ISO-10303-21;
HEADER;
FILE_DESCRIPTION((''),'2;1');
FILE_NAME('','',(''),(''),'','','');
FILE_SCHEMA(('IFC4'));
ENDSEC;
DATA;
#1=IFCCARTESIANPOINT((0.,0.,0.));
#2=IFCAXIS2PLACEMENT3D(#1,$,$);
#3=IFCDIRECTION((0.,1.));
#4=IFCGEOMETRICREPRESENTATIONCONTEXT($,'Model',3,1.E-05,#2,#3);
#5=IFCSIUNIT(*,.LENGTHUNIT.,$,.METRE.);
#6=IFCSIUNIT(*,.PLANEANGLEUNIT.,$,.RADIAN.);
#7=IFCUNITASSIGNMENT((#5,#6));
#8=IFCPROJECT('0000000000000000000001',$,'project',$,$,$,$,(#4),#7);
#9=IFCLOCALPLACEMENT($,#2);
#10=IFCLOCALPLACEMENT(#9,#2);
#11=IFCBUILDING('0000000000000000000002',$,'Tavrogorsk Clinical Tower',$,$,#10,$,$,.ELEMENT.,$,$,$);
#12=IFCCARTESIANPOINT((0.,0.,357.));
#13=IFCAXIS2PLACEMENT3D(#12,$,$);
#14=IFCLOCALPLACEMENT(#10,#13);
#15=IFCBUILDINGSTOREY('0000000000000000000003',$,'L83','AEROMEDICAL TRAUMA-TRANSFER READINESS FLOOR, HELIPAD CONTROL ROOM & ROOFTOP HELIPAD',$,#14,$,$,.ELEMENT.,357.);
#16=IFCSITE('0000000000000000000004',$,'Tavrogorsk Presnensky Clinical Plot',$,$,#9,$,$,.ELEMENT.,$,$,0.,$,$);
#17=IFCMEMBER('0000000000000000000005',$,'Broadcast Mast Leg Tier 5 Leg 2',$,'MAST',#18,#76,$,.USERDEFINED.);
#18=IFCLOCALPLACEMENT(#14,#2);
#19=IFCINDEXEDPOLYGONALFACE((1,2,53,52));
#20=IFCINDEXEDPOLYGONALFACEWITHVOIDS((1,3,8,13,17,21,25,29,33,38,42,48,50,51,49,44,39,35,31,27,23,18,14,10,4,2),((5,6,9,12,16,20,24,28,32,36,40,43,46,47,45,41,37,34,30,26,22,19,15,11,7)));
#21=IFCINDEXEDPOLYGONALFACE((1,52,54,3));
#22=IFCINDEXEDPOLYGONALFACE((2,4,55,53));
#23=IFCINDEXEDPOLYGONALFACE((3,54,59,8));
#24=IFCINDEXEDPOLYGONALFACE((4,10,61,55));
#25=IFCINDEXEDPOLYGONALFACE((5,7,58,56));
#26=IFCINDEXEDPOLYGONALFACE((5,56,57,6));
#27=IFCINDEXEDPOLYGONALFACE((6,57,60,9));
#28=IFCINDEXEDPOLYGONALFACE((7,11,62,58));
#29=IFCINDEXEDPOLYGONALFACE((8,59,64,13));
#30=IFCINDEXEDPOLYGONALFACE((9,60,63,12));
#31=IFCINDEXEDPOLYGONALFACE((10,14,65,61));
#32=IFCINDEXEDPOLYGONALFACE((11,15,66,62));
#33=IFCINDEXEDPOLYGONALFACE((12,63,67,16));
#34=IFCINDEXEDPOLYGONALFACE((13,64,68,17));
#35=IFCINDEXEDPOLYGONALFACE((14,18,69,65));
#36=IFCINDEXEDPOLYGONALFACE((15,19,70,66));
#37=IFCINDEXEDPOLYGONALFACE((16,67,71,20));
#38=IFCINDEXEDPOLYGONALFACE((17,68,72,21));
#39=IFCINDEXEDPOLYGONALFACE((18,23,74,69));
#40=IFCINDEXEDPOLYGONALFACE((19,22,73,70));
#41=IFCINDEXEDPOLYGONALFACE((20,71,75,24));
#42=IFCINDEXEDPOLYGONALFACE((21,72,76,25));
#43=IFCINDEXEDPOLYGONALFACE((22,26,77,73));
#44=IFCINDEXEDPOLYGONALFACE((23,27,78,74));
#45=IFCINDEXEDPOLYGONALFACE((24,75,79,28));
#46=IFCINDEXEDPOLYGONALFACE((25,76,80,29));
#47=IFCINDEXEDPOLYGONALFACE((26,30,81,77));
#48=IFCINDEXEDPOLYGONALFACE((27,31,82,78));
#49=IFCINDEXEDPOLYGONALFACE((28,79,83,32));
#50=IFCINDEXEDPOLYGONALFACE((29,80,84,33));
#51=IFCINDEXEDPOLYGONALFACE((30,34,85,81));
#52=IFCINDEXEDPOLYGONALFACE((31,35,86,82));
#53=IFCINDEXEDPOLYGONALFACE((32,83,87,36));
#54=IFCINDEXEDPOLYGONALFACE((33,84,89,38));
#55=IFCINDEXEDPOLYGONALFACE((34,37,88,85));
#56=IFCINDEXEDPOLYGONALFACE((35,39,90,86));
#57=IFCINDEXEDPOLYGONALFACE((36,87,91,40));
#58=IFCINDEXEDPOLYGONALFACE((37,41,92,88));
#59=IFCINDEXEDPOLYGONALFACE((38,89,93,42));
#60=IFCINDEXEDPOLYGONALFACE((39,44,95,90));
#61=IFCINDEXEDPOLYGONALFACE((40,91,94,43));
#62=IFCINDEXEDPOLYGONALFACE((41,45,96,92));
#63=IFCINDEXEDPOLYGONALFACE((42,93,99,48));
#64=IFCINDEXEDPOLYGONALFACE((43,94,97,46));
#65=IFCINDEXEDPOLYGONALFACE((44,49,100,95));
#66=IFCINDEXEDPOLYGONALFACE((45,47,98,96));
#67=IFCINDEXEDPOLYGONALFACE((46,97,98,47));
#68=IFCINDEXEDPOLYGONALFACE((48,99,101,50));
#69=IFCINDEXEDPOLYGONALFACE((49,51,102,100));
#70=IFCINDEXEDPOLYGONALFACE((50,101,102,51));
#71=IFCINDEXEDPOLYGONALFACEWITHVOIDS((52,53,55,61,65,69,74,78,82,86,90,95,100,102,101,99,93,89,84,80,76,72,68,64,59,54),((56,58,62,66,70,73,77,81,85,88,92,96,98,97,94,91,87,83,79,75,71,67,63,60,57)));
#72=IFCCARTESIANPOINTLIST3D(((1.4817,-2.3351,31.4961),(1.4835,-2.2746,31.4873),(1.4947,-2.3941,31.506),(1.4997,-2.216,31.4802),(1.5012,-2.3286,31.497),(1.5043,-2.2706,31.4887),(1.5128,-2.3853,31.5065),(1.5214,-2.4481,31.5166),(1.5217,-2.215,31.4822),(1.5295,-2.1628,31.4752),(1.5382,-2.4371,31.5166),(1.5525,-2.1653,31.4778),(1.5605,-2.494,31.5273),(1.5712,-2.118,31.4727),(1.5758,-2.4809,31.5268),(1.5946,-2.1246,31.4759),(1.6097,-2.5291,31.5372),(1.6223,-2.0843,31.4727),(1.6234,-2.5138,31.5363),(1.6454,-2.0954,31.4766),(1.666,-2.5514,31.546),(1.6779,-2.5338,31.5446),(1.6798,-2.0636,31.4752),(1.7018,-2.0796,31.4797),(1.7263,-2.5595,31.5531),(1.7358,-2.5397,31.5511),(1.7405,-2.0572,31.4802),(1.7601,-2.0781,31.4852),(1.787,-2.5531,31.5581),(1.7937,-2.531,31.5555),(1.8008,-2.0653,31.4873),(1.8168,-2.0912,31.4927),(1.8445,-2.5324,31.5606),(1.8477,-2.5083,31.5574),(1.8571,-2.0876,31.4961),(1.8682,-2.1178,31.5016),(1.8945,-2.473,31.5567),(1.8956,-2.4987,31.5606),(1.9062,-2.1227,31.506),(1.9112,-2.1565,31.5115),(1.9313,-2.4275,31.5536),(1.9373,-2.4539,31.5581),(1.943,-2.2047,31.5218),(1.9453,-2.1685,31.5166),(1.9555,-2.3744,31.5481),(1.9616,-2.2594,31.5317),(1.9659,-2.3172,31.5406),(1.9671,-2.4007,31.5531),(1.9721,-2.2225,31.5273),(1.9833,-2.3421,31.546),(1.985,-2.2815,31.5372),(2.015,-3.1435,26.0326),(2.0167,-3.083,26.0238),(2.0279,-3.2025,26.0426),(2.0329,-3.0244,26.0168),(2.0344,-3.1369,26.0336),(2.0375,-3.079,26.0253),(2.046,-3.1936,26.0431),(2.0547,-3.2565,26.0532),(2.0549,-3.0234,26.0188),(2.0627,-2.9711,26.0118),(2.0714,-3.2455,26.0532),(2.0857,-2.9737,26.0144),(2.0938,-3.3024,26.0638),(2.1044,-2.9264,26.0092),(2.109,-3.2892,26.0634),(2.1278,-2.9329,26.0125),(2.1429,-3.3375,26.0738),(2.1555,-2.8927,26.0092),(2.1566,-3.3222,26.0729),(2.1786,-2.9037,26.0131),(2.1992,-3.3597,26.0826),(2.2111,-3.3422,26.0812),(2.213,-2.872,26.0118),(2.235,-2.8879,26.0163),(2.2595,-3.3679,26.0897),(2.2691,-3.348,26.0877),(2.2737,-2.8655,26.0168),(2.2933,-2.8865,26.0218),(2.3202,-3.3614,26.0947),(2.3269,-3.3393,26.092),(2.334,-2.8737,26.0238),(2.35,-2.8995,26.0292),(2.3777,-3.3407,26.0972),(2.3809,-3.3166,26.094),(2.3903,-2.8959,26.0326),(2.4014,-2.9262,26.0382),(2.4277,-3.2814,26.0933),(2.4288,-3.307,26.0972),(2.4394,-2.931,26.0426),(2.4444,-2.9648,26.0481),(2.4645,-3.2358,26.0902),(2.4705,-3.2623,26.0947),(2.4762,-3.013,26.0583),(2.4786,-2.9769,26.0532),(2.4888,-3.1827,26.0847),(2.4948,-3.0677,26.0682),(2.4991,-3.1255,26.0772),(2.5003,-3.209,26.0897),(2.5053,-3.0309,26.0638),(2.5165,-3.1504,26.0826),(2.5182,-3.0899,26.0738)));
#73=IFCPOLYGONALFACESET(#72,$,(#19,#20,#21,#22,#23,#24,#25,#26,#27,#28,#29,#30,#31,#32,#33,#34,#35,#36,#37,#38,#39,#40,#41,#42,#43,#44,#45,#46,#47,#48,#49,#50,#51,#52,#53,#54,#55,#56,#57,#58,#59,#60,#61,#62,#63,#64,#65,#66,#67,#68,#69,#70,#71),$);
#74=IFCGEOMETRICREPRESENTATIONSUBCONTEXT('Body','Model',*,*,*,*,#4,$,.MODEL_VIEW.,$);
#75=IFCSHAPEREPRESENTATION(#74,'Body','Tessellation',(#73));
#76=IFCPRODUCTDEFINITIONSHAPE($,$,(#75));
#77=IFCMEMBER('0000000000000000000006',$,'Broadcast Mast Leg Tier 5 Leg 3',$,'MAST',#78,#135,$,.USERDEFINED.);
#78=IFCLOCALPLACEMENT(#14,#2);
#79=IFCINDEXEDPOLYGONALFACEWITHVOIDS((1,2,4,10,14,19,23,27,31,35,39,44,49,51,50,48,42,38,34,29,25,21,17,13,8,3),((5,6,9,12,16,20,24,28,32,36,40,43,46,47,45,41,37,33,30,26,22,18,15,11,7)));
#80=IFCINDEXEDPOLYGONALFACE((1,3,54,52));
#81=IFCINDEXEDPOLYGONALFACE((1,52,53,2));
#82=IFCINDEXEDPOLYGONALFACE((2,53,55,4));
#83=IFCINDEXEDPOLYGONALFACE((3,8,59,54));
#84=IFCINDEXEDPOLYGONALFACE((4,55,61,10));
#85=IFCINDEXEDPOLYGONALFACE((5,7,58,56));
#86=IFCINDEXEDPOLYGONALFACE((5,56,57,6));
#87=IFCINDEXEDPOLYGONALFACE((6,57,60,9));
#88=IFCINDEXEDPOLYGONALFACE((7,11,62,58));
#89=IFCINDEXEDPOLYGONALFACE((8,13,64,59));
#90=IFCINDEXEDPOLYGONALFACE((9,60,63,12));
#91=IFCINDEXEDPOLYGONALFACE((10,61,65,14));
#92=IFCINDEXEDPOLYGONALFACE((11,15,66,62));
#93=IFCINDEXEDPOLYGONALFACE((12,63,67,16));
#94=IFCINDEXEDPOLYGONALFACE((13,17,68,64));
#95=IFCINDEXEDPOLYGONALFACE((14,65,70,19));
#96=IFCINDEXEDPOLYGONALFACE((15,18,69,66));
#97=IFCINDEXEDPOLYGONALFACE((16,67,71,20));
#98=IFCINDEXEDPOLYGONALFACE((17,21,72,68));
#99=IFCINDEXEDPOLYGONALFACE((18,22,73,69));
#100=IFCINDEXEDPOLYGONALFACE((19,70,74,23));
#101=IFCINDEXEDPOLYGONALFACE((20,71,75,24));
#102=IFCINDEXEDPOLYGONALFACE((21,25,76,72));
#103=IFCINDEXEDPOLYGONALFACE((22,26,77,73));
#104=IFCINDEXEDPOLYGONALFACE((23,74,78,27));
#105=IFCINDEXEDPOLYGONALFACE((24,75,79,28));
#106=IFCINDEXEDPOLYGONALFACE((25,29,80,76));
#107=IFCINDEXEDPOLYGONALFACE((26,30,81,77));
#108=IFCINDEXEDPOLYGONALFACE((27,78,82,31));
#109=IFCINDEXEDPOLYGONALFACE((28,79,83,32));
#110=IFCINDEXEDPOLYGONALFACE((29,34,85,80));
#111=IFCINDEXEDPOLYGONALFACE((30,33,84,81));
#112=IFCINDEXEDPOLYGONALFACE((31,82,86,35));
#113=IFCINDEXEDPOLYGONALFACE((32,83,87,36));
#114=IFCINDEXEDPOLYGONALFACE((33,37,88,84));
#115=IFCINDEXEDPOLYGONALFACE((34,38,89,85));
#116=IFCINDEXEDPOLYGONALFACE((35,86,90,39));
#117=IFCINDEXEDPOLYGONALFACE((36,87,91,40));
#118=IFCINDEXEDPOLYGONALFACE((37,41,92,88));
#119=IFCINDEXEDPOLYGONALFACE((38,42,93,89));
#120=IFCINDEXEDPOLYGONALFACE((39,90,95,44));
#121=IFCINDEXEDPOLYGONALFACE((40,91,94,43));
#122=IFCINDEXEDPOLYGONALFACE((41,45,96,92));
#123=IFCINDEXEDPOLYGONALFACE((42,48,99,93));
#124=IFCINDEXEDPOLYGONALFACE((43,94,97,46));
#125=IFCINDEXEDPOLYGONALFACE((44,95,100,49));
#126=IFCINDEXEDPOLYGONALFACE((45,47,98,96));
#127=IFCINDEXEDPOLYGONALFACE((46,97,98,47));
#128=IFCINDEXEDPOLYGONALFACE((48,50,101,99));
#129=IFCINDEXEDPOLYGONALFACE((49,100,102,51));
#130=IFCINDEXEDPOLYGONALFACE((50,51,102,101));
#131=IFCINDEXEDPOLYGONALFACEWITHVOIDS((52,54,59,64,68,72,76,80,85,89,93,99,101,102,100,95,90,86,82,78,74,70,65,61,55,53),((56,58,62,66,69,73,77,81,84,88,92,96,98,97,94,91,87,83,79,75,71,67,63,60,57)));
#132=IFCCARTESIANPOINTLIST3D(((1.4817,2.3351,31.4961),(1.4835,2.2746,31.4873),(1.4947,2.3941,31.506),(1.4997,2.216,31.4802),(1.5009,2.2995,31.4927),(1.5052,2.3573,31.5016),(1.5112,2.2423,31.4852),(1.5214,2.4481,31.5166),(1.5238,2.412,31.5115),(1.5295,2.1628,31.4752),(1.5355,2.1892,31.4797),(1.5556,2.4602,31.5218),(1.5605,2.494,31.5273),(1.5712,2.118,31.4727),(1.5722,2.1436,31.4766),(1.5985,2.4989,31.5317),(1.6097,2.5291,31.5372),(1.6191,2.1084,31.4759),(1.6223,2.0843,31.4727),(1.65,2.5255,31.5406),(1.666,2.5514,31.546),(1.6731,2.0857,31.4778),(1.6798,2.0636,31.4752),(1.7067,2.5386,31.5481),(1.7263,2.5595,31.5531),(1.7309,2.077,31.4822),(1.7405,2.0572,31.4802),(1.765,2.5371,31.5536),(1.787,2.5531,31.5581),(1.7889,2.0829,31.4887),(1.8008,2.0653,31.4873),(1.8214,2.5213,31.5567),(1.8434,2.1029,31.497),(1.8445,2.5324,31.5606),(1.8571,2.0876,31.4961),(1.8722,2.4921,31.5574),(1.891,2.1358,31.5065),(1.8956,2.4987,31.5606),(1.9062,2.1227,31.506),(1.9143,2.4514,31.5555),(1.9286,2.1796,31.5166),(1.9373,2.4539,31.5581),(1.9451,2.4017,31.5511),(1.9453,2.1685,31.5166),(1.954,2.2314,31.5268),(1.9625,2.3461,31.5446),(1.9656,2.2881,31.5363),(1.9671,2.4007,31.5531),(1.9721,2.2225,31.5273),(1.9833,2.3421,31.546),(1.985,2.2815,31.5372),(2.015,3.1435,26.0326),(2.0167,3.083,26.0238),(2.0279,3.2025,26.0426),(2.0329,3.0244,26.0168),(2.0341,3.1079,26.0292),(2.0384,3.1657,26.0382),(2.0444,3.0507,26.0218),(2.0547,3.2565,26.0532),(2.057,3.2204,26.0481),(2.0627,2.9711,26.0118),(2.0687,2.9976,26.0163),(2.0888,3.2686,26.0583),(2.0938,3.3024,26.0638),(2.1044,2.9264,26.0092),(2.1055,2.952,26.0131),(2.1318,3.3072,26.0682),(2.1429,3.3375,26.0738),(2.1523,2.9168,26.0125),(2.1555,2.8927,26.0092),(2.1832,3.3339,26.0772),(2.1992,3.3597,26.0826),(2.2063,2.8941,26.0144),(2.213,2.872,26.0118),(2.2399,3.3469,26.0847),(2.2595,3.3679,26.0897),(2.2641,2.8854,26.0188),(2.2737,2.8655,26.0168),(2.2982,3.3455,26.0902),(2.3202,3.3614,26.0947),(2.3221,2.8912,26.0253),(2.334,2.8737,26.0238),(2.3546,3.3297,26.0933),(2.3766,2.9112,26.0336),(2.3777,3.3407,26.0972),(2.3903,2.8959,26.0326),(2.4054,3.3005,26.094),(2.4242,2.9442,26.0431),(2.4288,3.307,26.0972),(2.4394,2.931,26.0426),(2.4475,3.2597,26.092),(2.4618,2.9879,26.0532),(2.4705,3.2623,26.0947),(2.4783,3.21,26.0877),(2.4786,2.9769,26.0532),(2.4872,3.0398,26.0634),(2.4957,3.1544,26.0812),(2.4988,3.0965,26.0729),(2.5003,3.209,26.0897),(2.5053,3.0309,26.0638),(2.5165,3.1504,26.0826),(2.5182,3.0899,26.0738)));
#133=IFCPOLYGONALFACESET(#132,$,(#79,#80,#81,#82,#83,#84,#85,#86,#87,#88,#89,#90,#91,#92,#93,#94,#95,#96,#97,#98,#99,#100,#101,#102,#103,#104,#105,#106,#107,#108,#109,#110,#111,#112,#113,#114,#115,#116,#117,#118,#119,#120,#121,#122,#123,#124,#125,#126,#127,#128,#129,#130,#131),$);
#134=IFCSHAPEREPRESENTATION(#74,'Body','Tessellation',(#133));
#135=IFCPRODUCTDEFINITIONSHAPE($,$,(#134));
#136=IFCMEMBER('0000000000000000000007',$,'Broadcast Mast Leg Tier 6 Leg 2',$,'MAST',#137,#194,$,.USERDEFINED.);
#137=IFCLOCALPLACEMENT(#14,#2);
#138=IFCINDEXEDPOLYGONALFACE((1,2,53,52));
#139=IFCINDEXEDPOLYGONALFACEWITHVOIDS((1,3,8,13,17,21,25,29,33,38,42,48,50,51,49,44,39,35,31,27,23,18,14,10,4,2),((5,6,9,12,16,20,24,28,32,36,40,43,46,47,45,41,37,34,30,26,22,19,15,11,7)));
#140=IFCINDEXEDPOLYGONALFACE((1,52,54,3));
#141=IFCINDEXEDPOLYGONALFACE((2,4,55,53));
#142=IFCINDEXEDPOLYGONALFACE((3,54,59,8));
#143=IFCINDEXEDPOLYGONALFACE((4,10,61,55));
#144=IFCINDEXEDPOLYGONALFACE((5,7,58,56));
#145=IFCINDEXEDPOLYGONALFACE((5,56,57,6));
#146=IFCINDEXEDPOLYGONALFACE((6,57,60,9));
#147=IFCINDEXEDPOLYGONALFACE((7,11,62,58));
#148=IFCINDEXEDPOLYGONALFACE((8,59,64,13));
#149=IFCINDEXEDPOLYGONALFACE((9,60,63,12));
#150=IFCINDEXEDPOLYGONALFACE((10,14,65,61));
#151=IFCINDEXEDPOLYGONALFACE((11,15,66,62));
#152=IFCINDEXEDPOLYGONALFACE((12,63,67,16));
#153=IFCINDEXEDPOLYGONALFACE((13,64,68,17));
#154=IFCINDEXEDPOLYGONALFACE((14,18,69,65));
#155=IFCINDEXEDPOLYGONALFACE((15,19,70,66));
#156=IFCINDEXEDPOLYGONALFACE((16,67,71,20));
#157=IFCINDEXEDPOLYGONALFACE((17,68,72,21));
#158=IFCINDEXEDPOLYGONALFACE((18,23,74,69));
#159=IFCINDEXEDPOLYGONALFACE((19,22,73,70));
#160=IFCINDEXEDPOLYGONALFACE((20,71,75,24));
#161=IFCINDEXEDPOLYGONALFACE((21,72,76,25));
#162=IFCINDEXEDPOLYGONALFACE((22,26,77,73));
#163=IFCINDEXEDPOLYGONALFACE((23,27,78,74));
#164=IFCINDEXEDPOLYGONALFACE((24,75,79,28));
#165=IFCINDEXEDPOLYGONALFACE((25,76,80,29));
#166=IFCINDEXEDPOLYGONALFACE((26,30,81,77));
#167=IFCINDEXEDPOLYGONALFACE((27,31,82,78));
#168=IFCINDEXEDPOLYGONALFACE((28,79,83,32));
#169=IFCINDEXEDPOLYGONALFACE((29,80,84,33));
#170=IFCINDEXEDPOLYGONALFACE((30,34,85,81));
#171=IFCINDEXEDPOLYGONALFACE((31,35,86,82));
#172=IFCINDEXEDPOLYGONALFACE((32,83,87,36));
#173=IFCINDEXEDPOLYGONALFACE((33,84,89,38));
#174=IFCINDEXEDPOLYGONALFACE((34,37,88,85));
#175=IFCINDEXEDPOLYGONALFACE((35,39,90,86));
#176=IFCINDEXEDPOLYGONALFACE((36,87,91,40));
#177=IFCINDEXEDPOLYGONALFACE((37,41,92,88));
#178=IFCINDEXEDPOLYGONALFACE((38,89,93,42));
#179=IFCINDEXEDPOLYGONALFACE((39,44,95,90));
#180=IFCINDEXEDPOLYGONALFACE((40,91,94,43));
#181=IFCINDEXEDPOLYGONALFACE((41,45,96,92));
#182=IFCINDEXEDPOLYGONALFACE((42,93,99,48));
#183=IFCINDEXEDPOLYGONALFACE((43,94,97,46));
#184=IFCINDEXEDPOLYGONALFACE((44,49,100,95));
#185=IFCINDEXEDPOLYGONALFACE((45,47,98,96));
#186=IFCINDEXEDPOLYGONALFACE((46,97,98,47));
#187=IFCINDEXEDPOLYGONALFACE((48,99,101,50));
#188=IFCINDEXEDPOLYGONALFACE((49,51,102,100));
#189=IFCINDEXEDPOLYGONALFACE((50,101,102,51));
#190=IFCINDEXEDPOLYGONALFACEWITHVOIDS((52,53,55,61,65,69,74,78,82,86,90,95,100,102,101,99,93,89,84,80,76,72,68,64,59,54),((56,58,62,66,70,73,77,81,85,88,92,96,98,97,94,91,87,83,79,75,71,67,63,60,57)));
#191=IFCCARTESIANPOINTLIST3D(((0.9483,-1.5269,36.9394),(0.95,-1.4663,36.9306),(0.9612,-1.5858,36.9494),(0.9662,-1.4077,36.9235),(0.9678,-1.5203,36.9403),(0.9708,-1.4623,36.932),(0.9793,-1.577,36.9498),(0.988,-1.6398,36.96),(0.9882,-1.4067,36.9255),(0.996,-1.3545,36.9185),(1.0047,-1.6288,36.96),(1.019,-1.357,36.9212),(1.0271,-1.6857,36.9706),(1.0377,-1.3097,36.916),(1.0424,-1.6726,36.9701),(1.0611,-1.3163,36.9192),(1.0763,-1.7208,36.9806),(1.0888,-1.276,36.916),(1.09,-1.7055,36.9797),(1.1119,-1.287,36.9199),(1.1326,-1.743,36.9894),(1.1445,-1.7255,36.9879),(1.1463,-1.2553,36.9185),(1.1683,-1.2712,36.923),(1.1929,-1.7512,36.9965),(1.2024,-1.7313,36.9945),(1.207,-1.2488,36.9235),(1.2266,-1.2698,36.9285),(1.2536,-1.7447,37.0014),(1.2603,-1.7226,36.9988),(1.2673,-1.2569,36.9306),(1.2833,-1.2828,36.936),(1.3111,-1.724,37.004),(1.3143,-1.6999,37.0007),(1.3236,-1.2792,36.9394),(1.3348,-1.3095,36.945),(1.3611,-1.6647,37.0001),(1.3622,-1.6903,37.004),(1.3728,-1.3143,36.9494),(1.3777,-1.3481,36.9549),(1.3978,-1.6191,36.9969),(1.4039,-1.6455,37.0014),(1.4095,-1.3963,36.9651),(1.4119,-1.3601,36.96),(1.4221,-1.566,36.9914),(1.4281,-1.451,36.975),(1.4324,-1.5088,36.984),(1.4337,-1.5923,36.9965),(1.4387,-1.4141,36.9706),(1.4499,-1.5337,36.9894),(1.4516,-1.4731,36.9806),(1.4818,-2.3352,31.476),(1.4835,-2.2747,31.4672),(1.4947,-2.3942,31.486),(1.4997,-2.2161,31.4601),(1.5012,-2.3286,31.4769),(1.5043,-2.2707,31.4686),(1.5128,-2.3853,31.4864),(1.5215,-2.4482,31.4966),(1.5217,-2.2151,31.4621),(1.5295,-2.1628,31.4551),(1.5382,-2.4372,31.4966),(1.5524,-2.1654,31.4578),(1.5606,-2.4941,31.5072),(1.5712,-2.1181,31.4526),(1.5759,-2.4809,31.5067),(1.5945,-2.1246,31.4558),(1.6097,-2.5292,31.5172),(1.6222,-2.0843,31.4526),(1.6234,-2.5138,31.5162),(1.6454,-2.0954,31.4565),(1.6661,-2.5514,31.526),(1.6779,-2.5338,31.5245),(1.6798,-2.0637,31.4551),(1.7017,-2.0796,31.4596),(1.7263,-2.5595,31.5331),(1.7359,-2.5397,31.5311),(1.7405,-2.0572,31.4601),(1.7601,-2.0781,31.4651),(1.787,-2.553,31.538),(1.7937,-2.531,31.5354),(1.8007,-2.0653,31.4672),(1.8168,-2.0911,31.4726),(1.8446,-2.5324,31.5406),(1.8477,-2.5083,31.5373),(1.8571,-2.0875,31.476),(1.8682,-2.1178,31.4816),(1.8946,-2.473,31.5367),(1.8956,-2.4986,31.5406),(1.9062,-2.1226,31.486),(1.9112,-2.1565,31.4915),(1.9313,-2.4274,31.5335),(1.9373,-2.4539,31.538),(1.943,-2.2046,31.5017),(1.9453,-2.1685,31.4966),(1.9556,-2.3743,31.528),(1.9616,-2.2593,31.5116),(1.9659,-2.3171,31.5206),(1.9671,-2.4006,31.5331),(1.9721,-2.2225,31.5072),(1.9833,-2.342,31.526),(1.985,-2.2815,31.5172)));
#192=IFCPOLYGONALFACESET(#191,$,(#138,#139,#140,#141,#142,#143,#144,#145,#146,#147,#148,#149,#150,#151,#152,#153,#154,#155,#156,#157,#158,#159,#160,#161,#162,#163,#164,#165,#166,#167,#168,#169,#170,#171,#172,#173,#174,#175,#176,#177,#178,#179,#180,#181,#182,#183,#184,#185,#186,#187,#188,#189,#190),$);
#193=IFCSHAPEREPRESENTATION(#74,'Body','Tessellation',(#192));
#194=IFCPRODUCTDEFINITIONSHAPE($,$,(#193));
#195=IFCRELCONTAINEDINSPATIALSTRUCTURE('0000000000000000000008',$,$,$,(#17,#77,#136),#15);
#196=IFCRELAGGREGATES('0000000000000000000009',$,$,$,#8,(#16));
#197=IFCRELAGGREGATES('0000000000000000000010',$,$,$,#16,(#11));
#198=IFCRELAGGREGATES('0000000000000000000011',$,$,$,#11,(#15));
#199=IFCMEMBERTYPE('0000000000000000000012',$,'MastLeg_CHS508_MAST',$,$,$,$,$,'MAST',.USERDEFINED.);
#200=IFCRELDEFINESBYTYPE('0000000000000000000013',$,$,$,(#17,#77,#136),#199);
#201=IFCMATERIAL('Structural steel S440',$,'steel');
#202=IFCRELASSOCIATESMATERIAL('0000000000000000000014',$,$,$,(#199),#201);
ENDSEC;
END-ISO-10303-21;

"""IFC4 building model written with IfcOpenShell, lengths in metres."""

from ifc_helpers import new_model, si_unit, direction, frame, origin, origin_2d, place, context, subcontext, project, spatial, hollow_circle, extrude, material, material_profile, profile_set, type_object, element, save


model = new_model("IFC4")

# Units and contexts
model_context = context("Model", 3, precision=1e-05, world=origin(), true_north=direction((0.0, 1.0)))
body_context = subcontext(model_context, "Body", "Model", "MODEL_VIEW")
ifc_project = project(units=[si_unit("LENGTHUNIT", "METRE"), si_unit("PLANEANGLEUNIT", "RADIAN")], contexts=[model_context])

# Site, building, storey
site_placement = place(None, origin())
site = spatial("IfcSite", under=ifc_project, at=site_placement, Name="Tavrogorsk Presnensky Clinical Plot", CompositionType="ELEMENT", RefElevation=0.0)
building_placement = place(site_placement, origin())
building = spatial("IfcBuilding", under=site, at=building_placement, Name="Tavrogorsk Clinical Tower", CompositionType="ELEMENT")
storey_placement = place(building_placement, frame((0.0, 0.0, 357.0)))
storey = spatial("IfcBuildingStorey", under=building, at=storey_placement, Name="L83", Description="AEROMEDICAL TRAUMA-TRANSFER READINESS FLOOR, HELIPAD CONTROL ROOM & ROOFTOP HELIPAD", CompositionType="ELEMENT", Elevation=357.0)

# Members
ifc_material_1 = material(Name="Structural steel S440", Category="steel")
ifc_material_profile_1 = material_profile(ifc_material_1, hollow_circle(Radius=0.2539, WallThickness=0.02, at=origin_2d()), Name="CHS-508x20")
ifc_profile_set_1 = profile_set([ifc_material_profile_1], Name="Structural steel S440")
member_type_1 = type_object("IfcMemberType", Name="MastLeg_CHS508_MAST", ElementType="MAST", PredefinedType="USERDEFINED", material=ifc_profile_set_1)
for number, where, z_axis, x_axis, name in (
    (1, (2.2666, -3.1167, 26.0532), (-0.096098, 0.145687, 0.984652), (-0.834755, -0.550621, 0.0), "Broadcast Mast Leg Tier 5 Leg 2"),
    (2, (2.2666, 3.1167, 26.0532), (-0.096098, -0.145687, 0.984652), (0.834755, -0.550621, 0.0), "Broadcast Mast Leg Tier 5 Leg 3"),
    (3, (1.7334, -2.3083, 31.4966), (-0.096142, 0.145686, 0.984648), (-0.83464, -0.550797, 0.0), "Broadcast Mast Leg Tier 6 Leg 2"),
):
    element("IfcMember", number, at=place(storey_placement, frame(where, z_axis=z_axis, x_axis=x_axis)), inside=storey, type_object=member_type_1, Name=name, ObjectType="MAST", PredefinedType="USERDEFINED", context=body_context, shape_type="SweptSolid", body=[
        extrude(hollow_circle(Radius=0.2539, WallThickness=0.02, at=origin_2d()), origin(), (0.0, 0.0, 1.0), 5.5486),
    ])

save(model, "model.ifc")
